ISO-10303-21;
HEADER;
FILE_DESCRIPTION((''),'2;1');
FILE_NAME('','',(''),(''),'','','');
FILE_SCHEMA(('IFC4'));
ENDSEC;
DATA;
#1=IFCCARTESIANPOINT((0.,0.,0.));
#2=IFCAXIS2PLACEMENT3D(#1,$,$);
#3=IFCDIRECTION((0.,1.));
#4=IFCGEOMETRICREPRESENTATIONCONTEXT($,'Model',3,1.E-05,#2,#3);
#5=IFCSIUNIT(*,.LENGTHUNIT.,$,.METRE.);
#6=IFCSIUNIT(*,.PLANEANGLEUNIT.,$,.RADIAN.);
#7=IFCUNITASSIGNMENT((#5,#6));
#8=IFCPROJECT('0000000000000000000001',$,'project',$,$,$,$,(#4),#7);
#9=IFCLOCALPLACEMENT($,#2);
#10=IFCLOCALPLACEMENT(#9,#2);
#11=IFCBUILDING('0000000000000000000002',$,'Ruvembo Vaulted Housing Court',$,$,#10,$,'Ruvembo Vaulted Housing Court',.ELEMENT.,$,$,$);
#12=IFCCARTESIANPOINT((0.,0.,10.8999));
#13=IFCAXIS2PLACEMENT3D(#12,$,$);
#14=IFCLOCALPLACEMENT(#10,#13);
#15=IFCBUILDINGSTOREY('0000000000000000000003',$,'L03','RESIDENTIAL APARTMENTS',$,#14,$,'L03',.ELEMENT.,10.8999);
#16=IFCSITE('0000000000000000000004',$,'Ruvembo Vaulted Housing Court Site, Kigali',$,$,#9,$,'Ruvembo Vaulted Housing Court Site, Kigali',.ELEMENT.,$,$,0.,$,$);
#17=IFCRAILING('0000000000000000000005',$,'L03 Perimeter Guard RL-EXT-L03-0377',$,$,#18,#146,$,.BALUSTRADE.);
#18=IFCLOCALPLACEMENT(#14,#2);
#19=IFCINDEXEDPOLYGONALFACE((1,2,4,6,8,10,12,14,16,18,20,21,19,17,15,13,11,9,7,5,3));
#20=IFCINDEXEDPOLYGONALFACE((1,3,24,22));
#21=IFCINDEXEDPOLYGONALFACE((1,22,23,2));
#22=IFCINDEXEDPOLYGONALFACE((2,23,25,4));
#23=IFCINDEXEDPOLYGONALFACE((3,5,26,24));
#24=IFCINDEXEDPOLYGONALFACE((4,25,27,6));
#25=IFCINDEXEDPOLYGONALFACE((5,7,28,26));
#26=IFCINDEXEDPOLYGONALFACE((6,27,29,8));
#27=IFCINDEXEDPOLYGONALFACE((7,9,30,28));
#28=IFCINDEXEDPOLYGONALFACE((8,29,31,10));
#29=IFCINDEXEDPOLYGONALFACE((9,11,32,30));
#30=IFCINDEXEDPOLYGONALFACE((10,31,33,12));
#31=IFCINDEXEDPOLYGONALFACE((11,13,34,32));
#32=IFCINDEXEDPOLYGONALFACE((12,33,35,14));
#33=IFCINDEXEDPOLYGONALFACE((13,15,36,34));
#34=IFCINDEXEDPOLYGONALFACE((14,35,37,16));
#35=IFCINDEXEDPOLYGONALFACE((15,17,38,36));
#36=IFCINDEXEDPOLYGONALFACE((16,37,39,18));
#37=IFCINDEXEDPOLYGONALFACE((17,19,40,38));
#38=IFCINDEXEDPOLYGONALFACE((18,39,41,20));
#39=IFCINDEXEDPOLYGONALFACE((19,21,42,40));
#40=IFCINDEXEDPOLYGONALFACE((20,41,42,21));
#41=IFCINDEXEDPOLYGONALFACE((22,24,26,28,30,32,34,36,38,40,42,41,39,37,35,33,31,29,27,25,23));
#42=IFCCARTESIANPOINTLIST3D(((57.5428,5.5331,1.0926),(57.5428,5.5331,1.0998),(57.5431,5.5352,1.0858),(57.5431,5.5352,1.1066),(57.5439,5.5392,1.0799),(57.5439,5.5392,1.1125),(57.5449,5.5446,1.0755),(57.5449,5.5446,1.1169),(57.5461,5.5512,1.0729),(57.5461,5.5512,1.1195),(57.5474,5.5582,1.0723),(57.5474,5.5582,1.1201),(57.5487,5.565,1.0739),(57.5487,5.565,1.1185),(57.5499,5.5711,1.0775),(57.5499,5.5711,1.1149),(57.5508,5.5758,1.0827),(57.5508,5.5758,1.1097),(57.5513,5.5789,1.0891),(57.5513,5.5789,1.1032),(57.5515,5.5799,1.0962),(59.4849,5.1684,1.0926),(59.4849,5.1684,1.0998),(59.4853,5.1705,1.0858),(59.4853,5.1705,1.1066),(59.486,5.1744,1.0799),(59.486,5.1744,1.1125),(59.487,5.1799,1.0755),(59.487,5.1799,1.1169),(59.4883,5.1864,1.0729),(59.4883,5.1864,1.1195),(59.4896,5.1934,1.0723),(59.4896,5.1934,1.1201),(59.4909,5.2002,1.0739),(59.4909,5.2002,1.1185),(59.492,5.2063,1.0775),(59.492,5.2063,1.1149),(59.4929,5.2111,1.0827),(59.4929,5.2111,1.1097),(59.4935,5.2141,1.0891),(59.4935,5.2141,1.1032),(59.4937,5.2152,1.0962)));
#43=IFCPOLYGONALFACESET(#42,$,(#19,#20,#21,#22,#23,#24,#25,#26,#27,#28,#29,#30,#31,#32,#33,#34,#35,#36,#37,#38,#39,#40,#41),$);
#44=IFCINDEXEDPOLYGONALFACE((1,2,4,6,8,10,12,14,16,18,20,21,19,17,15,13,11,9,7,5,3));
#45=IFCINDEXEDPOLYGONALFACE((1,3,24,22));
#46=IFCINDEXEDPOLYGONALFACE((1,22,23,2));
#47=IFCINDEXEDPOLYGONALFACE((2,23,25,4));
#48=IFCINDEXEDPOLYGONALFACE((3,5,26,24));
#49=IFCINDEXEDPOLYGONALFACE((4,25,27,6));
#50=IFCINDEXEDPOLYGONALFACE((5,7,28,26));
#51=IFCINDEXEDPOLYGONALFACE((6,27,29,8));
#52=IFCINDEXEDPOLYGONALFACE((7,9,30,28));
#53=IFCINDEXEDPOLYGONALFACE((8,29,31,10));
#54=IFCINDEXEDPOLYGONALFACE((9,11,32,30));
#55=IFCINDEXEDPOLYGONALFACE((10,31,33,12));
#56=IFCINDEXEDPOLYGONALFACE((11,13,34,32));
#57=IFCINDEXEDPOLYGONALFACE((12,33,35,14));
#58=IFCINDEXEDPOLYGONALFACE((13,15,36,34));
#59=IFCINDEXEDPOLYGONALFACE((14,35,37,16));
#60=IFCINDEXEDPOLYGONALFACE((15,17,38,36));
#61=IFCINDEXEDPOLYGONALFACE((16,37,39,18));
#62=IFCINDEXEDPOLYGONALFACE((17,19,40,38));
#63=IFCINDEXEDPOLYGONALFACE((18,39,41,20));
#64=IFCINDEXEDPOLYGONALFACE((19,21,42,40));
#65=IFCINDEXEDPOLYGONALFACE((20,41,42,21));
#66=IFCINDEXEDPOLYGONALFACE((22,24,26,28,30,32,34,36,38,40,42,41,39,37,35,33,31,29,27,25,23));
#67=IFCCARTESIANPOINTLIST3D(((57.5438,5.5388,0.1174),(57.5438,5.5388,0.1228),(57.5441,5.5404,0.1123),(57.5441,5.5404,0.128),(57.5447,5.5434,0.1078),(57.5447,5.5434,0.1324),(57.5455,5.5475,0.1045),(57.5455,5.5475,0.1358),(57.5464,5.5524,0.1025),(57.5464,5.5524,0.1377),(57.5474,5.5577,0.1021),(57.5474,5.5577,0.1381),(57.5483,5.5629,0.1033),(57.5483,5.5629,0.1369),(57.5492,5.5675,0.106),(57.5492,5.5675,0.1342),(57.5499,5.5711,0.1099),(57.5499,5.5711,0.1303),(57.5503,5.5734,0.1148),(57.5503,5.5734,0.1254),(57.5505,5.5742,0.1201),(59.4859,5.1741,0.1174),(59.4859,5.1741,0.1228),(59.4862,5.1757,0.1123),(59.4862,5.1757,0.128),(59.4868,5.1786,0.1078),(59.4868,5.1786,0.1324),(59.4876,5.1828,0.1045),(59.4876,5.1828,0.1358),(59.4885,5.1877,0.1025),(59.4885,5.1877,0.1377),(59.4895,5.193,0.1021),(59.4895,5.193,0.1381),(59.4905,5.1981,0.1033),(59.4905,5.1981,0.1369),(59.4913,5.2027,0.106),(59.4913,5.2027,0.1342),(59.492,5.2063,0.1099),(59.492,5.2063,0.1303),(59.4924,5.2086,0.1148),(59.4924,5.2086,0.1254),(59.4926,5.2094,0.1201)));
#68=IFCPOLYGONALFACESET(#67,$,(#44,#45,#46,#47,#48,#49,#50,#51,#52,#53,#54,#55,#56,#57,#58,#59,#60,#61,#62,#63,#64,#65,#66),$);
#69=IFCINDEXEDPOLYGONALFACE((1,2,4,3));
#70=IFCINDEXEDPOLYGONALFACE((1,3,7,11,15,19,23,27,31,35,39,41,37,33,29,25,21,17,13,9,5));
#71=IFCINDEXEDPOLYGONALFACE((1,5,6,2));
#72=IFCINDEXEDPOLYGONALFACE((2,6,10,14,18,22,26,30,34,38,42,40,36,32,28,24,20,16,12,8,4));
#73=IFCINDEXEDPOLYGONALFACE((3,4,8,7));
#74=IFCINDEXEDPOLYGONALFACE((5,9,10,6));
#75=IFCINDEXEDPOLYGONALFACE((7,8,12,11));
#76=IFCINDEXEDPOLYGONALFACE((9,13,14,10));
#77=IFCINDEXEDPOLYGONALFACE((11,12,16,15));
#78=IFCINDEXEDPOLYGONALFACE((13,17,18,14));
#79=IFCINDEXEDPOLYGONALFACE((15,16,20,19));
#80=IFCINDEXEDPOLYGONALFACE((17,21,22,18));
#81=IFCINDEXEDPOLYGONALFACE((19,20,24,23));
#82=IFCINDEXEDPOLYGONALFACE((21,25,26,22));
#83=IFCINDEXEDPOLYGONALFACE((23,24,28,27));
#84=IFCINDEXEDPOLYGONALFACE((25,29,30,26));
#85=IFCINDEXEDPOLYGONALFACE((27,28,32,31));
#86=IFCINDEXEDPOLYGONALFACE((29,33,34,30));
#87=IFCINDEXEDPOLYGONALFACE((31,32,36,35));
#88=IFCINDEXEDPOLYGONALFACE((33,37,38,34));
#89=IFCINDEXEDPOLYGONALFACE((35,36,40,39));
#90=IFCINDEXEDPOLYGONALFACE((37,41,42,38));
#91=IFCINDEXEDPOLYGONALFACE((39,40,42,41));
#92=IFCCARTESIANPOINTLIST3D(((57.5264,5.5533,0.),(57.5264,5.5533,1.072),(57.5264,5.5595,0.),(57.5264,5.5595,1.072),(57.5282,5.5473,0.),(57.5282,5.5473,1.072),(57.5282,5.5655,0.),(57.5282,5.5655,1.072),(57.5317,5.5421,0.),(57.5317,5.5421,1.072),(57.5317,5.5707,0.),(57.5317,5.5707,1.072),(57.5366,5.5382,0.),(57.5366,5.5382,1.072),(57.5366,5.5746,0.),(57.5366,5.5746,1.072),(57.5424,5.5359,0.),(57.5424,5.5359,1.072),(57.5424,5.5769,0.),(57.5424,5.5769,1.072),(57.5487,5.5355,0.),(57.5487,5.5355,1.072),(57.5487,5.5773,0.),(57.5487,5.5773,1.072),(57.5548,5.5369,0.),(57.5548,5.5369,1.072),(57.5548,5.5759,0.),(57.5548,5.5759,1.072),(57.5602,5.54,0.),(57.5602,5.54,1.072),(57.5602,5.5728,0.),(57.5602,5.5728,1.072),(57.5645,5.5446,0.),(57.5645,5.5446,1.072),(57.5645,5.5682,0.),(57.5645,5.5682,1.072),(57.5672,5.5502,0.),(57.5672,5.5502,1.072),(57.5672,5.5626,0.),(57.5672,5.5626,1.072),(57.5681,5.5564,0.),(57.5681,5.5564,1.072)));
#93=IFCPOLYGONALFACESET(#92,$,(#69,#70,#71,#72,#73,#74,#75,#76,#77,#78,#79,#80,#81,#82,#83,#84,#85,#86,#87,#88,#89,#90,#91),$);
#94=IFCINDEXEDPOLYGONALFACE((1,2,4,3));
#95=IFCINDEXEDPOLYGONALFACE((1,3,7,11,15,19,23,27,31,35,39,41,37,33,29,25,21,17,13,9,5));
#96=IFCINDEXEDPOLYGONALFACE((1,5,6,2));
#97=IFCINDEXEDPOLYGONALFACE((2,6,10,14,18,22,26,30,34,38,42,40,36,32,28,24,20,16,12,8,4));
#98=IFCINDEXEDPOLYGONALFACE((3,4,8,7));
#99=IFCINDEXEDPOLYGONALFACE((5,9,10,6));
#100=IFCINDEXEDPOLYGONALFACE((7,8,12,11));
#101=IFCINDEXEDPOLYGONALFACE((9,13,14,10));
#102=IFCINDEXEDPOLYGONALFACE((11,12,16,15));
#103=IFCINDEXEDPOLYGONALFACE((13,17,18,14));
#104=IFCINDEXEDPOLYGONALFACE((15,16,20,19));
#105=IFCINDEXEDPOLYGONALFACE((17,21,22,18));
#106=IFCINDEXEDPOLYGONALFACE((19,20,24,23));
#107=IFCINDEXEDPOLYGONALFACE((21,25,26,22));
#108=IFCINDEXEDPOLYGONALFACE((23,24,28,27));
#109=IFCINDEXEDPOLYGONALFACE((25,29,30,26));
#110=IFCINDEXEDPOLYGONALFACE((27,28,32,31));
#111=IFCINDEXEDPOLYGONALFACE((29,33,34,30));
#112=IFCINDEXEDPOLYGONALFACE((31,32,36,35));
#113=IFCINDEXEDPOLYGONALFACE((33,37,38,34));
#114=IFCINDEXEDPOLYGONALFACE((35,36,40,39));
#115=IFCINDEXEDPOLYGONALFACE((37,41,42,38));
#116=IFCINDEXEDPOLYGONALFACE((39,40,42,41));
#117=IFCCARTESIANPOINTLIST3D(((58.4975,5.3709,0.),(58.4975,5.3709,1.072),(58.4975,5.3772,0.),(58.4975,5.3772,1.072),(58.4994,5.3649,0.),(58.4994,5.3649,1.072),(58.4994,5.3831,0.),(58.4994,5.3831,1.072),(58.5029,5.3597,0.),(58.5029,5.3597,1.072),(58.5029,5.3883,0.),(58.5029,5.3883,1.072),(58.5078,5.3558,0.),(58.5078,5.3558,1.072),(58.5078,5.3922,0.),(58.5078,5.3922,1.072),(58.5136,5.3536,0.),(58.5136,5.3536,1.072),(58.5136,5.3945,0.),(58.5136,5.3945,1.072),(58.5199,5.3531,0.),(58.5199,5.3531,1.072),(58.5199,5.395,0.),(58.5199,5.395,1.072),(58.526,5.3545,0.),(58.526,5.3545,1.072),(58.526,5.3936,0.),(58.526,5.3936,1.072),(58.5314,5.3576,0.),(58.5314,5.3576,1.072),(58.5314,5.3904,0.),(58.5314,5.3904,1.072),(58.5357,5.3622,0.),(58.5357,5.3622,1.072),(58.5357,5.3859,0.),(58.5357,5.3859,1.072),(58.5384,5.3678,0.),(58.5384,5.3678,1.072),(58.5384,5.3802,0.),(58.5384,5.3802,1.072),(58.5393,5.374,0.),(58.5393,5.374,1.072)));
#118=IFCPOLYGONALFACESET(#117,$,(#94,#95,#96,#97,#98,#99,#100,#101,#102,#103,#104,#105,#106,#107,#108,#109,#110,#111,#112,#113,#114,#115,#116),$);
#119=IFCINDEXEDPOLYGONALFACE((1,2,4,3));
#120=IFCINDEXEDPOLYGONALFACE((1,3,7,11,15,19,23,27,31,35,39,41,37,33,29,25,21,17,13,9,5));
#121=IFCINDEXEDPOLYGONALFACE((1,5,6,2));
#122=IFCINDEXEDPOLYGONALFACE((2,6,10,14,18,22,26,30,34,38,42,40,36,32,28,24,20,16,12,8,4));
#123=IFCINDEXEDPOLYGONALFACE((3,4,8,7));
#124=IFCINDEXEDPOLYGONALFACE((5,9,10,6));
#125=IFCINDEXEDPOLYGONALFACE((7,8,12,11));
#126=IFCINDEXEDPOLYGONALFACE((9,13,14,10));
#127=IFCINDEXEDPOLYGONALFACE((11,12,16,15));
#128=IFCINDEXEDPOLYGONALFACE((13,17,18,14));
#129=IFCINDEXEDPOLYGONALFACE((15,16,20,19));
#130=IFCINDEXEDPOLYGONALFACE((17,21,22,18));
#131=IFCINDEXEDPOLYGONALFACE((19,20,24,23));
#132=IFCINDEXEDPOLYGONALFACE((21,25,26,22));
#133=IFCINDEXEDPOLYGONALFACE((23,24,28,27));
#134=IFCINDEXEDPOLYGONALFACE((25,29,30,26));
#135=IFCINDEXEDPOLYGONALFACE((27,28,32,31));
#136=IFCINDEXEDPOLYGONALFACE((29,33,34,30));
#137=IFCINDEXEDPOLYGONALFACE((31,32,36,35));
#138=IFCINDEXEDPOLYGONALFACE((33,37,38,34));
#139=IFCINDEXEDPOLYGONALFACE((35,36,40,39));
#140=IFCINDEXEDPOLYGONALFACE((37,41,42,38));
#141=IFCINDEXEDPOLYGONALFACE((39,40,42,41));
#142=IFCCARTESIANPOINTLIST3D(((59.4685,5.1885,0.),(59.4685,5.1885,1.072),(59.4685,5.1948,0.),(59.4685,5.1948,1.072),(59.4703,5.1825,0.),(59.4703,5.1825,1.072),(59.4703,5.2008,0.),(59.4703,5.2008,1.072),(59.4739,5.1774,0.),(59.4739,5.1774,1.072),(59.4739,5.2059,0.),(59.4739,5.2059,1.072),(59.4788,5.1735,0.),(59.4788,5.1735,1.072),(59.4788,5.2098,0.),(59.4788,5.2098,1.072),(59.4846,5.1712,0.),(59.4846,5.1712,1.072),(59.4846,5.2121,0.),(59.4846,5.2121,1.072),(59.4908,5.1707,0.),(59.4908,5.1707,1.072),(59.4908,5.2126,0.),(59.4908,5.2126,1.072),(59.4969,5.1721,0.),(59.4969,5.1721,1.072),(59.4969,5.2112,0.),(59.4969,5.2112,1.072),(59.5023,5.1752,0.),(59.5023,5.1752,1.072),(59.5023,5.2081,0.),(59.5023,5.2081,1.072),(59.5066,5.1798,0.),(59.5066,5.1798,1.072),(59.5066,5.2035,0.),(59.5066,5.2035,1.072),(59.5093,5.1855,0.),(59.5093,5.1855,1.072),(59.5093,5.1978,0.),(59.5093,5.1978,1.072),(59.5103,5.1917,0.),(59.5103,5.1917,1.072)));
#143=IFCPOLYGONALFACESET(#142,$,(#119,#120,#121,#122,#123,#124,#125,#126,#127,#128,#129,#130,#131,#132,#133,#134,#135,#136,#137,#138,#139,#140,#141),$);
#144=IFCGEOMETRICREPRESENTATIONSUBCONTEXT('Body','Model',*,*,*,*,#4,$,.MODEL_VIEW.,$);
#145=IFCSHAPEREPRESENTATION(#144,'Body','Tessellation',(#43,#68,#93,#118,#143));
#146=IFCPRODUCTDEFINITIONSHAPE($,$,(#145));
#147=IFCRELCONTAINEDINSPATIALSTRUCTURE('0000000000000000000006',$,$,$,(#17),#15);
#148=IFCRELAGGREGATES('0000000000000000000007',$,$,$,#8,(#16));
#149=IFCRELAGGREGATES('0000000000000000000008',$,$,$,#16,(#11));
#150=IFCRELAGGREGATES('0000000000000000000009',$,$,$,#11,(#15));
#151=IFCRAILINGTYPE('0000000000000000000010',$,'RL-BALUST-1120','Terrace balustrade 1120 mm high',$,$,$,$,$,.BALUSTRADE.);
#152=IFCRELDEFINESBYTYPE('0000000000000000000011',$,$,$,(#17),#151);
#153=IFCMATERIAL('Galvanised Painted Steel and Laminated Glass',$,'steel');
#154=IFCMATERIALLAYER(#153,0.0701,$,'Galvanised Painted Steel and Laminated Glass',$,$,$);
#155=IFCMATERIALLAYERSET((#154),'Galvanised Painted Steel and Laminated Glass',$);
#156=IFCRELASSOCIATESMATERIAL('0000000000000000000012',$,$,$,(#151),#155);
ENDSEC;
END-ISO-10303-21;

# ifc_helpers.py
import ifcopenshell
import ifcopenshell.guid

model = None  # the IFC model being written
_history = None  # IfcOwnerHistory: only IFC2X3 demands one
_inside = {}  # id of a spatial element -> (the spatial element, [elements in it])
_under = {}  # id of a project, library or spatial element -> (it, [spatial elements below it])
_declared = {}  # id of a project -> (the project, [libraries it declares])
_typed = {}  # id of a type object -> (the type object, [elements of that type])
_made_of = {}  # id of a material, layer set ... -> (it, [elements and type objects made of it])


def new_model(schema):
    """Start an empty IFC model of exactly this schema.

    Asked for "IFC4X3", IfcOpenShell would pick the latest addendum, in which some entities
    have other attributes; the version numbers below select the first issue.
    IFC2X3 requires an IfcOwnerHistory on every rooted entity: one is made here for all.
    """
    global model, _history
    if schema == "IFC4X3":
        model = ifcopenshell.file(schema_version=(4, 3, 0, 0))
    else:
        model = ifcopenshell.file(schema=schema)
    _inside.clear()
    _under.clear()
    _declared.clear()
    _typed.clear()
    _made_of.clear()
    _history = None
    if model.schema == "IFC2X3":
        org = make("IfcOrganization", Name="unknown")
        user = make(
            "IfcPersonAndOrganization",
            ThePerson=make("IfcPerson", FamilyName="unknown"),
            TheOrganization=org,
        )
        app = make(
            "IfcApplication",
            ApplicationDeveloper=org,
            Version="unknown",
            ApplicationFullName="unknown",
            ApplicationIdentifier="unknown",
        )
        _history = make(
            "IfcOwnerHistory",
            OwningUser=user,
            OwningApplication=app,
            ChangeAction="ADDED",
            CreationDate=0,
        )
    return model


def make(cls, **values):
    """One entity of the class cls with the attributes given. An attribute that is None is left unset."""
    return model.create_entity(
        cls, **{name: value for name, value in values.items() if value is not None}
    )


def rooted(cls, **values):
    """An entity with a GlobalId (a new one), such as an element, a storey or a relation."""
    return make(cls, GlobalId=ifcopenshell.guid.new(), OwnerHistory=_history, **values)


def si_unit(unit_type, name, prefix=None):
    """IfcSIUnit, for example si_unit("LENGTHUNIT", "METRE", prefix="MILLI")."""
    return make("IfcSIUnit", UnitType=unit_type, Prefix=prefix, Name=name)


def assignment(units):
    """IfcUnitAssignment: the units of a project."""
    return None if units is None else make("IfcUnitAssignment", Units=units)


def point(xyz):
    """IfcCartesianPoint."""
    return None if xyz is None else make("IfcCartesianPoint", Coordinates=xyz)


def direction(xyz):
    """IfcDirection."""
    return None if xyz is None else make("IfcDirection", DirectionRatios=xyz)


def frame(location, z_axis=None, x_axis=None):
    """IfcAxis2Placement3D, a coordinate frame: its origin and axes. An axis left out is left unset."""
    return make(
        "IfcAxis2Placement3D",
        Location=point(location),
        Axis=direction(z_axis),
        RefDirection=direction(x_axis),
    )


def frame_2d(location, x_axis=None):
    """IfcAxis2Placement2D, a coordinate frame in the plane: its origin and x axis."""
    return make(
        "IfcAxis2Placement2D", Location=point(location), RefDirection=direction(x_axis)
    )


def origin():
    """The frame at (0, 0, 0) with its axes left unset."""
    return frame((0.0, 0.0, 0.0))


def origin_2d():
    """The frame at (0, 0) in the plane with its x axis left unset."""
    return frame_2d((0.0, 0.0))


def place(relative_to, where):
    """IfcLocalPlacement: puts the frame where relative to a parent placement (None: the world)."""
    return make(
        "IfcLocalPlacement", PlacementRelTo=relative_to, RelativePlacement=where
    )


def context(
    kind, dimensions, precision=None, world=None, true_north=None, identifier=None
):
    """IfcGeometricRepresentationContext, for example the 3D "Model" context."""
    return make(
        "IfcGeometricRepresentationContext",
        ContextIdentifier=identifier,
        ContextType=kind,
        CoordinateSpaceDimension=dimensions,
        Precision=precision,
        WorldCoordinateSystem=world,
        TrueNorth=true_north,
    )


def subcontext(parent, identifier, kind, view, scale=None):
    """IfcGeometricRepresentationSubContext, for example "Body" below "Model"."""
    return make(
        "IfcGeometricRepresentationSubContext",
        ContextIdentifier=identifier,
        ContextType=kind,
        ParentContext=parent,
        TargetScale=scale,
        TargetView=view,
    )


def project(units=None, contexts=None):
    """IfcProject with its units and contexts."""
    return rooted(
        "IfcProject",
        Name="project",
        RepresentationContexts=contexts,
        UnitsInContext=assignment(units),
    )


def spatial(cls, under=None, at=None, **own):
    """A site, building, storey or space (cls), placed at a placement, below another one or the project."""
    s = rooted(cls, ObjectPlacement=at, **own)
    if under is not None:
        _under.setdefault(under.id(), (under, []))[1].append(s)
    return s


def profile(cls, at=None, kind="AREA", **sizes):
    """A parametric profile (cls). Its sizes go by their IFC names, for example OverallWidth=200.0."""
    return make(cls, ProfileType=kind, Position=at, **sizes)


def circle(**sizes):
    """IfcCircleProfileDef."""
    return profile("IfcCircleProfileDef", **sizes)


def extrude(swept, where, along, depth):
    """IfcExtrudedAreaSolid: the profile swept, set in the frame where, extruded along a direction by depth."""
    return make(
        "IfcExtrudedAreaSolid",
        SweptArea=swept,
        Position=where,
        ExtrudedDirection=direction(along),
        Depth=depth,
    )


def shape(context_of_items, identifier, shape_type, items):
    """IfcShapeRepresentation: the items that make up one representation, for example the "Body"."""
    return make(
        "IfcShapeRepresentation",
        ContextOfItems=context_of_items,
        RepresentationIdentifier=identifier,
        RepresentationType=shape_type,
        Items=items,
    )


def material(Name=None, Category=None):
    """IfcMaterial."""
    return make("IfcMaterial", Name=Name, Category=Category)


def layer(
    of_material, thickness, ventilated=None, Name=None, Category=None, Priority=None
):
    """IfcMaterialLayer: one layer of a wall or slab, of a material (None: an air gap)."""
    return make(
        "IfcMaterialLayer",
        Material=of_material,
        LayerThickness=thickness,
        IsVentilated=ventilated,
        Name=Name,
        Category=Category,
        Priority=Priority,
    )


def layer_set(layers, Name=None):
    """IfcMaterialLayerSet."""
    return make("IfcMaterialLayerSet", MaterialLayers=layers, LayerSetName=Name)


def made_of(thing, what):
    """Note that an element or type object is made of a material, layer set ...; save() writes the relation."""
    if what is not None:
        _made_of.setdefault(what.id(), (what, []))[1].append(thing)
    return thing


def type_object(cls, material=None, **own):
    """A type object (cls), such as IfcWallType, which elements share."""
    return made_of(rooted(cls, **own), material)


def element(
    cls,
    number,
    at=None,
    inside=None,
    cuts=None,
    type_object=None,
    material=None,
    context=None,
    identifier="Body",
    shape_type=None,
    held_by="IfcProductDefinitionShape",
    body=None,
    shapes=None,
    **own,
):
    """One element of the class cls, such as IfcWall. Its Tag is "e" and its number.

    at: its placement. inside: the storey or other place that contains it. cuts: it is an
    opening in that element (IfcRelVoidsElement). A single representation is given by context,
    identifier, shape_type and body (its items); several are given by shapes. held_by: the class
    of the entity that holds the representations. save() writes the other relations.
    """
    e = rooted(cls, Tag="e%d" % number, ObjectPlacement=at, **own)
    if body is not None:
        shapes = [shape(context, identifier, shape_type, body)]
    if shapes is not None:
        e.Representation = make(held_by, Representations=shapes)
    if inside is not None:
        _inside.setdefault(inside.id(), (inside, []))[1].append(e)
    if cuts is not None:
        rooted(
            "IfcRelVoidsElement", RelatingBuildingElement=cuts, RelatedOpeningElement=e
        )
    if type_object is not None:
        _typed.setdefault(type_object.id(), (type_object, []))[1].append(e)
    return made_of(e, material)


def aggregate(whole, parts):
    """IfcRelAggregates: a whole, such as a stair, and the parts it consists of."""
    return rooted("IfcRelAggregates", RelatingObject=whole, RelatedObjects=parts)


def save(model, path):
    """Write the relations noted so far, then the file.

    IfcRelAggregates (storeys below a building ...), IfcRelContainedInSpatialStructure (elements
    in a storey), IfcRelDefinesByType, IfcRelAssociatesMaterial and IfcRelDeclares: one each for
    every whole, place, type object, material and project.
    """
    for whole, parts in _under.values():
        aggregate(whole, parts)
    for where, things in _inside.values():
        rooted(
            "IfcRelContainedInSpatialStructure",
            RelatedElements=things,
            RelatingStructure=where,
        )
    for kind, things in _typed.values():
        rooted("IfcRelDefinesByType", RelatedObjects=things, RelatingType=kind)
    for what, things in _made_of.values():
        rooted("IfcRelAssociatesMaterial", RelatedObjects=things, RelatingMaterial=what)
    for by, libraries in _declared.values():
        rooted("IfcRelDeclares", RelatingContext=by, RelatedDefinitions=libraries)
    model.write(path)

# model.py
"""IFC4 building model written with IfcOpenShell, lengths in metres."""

from ifc_helpers import new_model, si_unit, direction, frame, origin, origin_2d, place, context, subcontext, project, spatial, circle, extrude, material, layer, layer_set, type_object, element, save


model = new_model("IFC4")

# Units and contexts
model_context = context("Model", 3, precision=1e-05, world=origin(), true_north=direction((0.0, 1.0)))
body_context = subcontext(model_context, "Body", "Model", "MODEL_VIEW")
ifc_project = project(units=[si_unit("LENGTHUNIT", "METRE"), si_unit("PLANEANGLEUNIT", "RADIAN")], contexts=[model_context])

# Site, building, storey
site_placement = place(None, origin())
site = spatial("IfcSite", under=ifc_project, at=site_placement, Name="Ruvembo Vaulted Housing Court Site, Kigali", LongName="Ruvembo Vaulted Housing Court Site, Kigali", CompositionType="ELEMENT", RefElevation=0.0)
building_placement = place(site_placement, origin())
building = spatial("IfcBuilding", under=site, at=building_placement, Name="Ruvembo Vaulted Housing Court", LongName="Ruvembo Vaulted Housing Court", CompositionType="ELEMENT")
storey_placement = place(building_placement, frame((0.0, 0.0, 10.8999)))
storey = spatial("IfcBuildingStorey", under=building, at=storey_placement, Name="L03", Description="RESIDENTIAL APARTMENTS", LongName="L03", CompositionType="ELEMENT", Elevation=10.8999)

# Railing
ifc_material_1 = material(Name="Galvanised Painted Steel and Laminated Glass", Category="steel")
ifc_layer_1 = layer(ifc_material_1, 0.0701, Name="Galvanised Painted Steel and Laminated Glass")
ifc_layer_set_1 = layer_set([ifc_layer_1], Name="Galvanised Painted Steel and Laminated Glass")
railing_type = type_object("IfcRailingType", Name="RL-BALUST-1120", Description="Terrace balustrade 1120 mm high", PredefinedType="BALUSTRADE", material=ifc_layer_set_1)
railing_1_placement = place(storey_placement, frame((57.5471, 5.5564, 0.0)))
element("IfcRailing", 1, at=railing_1_placement, inside=storey, type_object=railing_type, Name="L03 Perimeter Guard RL-EXT-L03-0377", PredefinedType="BALUSTRADE", context=body_context, shape_type="SweptSolid", body=[
    extrude(circle(Radius=0.0239, at=origin_2d()), frame((0.0, 0.0, 1.0962), z_axis=(0.982818, -0.184579, 0.0), x_axis=(0.184579, 0.982818, 0.0)), (0.0, 0.0, 1.0), 1.9761),
    extrude(circle(Radius=0.0181, at=origin_2d()), frame((0.0, 0.0, 0.1201), z_axis=(0.982818, -0.184579, 0.0), x_axis=(0.184579, 0.982818, 0.0)), (0.0, 0.0, 1.0), 1.9761),
    extrude(circle(Radius=0.021, at=origin_2d()), origin(), (0.0, 0.0, 1.0), 1.072),
    extrude(circle(Radius=0.021, at=origin_2d()), frame((0.9712, -0.1824, 0.0)), (0.0, 0.0, 1.0), 1.072),
    extrude(circle(Radius=0.021, at=origin_2d()), frame((1.9421, -0.3647, 0.0)), (0.0, 0.0, 1.0), 1.072),
])

save(model, "model.ifc")
